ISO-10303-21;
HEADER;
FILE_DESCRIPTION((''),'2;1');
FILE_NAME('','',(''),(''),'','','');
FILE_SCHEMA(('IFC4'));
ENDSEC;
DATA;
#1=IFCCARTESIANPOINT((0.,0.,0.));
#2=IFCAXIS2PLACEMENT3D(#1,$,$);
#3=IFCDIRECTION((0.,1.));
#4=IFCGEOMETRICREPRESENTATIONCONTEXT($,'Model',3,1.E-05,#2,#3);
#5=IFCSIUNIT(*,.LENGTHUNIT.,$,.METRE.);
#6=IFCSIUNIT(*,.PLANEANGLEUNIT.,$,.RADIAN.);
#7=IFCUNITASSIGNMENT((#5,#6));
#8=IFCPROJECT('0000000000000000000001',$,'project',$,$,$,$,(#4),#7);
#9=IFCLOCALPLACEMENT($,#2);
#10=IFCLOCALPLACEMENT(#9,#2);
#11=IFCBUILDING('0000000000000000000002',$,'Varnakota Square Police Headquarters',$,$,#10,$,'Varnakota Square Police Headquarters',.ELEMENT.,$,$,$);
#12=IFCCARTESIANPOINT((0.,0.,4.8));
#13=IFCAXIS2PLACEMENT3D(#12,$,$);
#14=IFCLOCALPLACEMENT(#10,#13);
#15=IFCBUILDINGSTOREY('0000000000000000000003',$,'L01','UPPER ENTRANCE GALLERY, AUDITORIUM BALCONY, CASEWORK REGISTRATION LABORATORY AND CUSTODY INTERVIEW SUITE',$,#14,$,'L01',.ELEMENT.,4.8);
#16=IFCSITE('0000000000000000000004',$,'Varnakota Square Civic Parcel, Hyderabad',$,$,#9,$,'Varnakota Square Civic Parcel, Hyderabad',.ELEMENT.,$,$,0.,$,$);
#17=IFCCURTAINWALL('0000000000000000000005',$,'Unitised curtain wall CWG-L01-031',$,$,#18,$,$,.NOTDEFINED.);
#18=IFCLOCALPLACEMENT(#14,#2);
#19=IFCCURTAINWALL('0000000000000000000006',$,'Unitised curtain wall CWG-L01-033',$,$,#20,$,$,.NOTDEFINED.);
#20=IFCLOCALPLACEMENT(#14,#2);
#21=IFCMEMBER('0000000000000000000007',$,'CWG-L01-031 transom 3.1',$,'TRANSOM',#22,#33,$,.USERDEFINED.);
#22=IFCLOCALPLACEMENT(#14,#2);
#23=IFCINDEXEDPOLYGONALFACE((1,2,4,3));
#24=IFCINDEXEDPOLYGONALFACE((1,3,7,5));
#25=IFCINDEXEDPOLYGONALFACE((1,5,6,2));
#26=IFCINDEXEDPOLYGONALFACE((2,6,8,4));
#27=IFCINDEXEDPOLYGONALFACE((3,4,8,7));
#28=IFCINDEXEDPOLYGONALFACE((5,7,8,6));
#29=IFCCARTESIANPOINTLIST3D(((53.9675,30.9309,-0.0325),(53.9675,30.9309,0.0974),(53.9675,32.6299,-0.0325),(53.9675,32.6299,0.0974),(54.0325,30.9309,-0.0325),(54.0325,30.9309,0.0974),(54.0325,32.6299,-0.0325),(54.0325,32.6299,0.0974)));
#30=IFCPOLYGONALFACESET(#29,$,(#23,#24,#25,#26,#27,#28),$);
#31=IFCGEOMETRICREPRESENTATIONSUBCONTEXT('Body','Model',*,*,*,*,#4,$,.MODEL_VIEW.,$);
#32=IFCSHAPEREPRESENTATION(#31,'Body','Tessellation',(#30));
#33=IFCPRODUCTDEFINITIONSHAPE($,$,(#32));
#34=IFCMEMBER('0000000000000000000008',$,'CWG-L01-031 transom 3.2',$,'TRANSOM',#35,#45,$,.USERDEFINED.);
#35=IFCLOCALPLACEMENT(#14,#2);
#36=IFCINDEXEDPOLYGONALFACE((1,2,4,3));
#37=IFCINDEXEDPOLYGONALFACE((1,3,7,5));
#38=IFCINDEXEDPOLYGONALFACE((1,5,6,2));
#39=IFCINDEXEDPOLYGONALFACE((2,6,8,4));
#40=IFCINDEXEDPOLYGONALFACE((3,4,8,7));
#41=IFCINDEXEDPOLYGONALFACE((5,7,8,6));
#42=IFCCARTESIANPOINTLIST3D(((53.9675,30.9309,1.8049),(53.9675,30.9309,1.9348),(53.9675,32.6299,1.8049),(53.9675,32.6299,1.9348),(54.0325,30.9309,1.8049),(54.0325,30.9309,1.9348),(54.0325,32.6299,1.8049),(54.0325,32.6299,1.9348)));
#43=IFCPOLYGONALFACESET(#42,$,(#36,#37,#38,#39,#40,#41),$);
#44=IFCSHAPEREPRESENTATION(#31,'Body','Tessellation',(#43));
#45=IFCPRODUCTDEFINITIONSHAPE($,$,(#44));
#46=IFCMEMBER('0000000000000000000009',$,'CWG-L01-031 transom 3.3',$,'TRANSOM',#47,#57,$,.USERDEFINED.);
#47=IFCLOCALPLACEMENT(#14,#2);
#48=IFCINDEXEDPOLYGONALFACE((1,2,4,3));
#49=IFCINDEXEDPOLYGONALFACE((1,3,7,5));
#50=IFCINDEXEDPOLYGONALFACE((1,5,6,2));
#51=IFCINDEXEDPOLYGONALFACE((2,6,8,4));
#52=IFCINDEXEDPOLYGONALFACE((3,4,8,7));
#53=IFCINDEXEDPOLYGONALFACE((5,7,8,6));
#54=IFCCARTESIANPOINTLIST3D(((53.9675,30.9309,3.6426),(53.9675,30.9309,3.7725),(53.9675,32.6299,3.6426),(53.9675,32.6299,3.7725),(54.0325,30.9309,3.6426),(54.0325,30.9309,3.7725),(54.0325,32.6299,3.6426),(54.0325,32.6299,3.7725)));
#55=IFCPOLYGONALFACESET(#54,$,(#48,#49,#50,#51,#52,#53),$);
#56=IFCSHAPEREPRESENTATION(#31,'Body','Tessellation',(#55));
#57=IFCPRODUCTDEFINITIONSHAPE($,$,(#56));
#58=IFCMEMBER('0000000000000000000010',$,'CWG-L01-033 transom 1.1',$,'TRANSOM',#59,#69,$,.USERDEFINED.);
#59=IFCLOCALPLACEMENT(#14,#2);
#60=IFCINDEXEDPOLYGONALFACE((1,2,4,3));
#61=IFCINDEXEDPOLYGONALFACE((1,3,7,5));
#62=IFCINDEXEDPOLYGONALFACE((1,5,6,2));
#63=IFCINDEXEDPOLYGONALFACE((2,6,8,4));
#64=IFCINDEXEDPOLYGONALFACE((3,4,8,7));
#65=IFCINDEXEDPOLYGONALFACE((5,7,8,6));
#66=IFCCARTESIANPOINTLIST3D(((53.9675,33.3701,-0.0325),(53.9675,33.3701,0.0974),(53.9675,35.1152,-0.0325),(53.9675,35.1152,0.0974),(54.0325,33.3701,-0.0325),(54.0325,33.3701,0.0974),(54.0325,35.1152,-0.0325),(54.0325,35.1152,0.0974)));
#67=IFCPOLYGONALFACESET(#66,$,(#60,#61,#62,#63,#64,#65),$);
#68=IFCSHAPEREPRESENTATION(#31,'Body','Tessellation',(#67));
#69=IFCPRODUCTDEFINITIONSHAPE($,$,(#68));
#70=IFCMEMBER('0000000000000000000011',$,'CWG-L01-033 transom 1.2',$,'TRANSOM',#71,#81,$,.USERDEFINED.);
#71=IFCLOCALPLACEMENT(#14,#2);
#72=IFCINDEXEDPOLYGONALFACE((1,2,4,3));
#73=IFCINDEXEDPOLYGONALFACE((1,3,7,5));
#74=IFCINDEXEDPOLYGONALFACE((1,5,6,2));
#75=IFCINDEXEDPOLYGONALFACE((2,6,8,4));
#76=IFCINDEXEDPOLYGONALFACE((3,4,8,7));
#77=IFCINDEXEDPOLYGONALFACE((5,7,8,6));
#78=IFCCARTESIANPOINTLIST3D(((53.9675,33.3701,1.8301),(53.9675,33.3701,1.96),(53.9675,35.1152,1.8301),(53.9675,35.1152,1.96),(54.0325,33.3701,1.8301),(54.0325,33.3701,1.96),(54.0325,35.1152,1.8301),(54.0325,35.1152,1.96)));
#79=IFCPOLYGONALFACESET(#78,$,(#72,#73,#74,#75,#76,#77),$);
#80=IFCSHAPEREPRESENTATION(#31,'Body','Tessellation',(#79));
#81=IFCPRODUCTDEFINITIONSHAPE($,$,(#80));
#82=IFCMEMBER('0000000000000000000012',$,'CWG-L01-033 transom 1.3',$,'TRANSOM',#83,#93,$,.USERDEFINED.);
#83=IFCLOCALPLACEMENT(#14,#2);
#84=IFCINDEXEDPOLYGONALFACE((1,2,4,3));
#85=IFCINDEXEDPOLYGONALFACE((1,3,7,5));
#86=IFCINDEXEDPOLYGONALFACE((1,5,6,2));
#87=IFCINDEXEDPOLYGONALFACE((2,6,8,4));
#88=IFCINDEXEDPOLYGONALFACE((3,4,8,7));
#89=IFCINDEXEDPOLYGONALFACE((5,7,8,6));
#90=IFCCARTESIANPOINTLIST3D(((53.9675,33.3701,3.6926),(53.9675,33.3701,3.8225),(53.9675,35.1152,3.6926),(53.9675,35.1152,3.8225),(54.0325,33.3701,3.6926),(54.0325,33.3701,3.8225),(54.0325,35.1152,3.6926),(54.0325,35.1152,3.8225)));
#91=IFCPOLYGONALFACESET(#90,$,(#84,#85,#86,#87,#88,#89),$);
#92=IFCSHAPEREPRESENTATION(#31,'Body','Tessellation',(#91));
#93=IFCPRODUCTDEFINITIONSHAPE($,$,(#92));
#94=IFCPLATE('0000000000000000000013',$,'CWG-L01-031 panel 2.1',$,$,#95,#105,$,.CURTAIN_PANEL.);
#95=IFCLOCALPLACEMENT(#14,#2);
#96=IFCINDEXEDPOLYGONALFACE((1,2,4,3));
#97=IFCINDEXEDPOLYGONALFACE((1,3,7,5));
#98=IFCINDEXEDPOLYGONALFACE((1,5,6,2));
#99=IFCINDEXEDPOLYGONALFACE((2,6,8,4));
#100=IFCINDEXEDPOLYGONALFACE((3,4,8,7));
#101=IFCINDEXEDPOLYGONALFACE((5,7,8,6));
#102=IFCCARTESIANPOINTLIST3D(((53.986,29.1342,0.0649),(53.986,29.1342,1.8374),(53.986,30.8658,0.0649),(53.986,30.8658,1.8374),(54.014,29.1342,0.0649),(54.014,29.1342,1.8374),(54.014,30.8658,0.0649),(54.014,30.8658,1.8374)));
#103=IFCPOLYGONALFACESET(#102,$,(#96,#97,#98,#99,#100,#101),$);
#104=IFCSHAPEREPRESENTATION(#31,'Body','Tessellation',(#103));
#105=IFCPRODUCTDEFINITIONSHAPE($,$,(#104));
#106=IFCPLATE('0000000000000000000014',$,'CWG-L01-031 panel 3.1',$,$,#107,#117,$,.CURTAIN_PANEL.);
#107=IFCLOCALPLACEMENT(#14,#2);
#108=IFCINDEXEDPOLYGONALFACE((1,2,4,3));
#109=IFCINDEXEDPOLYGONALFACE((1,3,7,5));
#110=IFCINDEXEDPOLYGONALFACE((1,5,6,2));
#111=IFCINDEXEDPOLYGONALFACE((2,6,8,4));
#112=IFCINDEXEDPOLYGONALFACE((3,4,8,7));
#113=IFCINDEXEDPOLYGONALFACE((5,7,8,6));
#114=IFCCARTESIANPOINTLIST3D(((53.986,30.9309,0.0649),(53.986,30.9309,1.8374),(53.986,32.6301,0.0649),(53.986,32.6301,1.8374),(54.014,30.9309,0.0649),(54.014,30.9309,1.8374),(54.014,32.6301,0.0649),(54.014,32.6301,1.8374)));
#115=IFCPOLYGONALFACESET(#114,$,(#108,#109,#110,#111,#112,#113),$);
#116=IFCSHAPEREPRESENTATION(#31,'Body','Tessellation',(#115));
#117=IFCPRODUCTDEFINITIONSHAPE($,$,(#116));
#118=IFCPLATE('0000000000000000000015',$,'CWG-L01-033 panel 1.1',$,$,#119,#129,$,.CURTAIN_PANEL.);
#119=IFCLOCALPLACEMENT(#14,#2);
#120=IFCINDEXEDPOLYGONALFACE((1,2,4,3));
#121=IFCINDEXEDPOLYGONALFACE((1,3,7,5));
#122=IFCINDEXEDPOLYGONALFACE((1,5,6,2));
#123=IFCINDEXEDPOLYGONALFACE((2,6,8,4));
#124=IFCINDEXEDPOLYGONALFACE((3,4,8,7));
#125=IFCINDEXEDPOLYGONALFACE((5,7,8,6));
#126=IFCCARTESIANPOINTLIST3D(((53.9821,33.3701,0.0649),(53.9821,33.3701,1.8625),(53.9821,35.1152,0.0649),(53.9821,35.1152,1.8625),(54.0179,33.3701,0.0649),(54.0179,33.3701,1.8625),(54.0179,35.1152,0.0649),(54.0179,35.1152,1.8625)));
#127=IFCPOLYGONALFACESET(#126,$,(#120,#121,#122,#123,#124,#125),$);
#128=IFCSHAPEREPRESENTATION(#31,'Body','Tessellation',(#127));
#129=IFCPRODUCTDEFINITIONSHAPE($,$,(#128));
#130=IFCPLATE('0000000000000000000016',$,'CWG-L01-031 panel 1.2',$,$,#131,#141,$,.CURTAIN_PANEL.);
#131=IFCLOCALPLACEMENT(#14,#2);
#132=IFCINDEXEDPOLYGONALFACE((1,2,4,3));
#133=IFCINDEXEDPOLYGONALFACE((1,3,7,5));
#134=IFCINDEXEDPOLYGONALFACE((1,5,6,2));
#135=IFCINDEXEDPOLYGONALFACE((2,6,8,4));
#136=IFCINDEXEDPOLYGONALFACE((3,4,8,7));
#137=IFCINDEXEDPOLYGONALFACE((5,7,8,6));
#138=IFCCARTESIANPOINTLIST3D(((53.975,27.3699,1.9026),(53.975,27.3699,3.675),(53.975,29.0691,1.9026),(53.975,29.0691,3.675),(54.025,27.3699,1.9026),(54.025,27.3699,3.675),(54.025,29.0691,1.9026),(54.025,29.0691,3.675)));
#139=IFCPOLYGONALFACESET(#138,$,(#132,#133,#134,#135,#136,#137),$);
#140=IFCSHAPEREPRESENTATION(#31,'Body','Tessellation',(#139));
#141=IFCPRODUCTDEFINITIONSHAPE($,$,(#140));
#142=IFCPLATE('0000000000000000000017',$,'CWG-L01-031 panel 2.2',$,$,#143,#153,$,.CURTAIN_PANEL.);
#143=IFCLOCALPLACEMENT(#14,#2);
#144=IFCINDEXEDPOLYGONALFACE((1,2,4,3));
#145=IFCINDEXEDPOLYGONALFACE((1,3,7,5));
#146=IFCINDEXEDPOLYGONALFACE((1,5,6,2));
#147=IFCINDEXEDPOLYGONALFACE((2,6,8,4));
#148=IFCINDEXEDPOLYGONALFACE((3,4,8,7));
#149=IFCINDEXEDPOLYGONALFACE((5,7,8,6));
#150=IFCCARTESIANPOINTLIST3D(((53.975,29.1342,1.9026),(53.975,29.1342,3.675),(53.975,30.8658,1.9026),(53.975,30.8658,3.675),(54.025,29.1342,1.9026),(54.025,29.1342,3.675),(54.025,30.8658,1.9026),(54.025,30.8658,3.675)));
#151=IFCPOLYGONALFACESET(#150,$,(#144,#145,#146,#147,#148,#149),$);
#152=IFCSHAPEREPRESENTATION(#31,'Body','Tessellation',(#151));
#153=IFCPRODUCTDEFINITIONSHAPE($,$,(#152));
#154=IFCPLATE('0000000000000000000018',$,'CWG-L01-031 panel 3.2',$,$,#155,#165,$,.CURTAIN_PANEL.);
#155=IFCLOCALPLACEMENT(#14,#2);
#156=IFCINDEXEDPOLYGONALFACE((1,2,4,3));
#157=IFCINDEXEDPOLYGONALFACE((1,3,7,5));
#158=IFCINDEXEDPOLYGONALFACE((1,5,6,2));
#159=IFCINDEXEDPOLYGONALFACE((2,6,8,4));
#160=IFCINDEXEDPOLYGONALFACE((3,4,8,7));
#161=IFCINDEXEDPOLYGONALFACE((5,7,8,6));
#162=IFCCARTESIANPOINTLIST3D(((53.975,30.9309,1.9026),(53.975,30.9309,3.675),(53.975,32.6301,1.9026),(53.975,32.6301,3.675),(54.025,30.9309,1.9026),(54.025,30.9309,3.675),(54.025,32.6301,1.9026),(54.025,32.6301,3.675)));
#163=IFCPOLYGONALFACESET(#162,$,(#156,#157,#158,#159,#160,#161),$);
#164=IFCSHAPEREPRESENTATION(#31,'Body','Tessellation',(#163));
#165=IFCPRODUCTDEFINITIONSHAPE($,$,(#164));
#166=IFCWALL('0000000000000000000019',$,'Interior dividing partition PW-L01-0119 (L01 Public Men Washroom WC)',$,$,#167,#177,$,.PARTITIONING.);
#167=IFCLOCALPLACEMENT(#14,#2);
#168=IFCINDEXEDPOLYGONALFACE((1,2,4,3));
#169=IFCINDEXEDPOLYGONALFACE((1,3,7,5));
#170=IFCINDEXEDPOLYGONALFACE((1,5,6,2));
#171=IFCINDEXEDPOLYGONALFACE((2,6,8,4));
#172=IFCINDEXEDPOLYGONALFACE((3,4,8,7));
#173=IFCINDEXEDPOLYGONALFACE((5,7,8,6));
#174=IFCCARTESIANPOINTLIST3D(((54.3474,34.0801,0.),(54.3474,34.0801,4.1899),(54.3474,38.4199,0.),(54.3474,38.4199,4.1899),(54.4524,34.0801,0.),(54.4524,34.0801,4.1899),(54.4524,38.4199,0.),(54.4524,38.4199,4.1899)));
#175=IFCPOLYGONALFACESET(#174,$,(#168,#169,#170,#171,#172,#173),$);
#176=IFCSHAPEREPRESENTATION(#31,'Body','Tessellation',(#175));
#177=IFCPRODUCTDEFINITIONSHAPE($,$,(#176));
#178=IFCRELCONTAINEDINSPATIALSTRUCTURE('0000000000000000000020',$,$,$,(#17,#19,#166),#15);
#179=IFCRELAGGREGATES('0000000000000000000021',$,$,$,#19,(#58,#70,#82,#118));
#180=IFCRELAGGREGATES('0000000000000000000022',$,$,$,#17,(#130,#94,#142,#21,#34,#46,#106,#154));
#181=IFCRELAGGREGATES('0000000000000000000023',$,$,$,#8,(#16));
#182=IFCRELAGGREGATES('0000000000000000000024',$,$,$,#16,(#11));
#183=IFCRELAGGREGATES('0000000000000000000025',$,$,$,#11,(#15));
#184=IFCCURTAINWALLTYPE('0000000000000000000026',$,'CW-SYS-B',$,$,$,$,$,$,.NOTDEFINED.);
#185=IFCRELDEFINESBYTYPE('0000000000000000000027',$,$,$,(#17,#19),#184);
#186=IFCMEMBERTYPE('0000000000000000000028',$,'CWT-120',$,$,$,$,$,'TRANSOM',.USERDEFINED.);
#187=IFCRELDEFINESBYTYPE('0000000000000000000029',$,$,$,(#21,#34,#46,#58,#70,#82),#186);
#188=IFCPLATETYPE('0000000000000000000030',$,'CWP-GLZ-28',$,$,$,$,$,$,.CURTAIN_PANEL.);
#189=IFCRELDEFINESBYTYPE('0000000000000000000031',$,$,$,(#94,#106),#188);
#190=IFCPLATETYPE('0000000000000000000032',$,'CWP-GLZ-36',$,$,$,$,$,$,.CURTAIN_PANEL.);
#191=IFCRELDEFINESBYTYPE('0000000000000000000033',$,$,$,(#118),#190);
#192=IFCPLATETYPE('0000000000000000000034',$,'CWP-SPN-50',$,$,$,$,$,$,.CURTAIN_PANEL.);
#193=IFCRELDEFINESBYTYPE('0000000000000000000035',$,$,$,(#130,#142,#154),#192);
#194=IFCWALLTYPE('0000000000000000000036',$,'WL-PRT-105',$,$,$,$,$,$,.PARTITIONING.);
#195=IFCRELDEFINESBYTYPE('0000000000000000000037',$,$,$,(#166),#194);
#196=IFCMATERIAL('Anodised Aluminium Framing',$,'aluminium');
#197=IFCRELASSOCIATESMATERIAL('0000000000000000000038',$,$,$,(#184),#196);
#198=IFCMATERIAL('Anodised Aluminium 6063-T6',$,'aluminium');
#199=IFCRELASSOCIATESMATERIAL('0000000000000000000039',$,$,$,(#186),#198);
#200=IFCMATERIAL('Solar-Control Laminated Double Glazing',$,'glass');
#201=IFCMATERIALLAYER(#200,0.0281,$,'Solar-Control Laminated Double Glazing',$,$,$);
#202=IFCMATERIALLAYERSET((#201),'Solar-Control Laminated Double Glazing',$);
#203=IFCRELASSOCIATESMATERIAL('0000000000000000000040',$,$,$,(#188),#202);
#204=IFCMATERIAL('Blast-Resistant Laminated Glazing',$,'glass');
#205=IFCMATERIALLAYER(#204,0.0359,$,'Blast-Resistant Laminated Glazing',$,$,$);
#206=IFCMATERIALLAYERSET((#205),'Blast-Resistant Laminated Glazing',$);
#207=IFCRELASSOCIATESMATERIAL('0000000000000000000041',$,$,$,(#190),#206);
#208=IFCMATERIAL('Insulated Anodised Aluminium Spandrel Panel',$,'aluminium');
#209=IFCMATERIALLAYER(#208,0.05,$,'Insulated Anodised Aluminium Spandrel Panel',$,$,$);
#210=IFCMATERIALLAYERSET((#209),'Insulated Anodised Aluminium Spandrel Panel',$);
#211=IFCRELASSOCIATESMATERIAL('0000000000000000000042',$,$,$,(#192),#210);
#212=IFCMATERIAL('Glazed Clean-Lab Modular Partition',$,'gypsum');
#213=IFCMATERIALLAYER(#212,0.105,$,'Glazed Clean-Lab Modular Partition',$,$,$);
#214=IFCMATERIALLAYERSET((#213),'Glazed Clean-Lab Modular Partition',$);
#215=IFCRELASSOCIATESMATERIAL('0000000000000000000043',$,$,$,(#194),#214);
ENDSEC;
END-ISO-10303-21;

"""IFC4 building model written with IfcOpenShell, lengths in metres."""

from ifc_helpers import new_model, si_unit, direction, frame, frame_2d, origin, origin_2d, place, context, subcontext, project, spatial, rectangle, extrude, material, layer, layer_set, material_profile, profile_set, type_object, element, aggregate, save


model = new_model("IFC4")

# Units and contexts
model_context = context("Model", 3, precision=1e-05, world=origin(), true_north=direction((0.0, 1.0)))
body_context = subcontext(model_context, "Body", "Model", "MODEL_VIEW")
ifc_project = project(units=[si_unit("LENGTHUNIT", "METRE"), si_unit("PLANEANGLEUNIT", "RADIAN")], contexts=[model_context])

# Site, building, storey
site_placement = place(None, origin())
site = spatial("IfcSite", under=ifc_project, at=site_placement, Name="Varnakota Square Civic Parcel, Hyderabad", LongName="Varnakota Square Civic Parcel, Hyderabad", CompositionType="ELEMENT", RefElevation=0.0)
building_placement = place(site_placement, origin())
building = spatial("IfcBuilding", under=site, at=building_placement, Name="Varnakota Square Police Headquarters", LongName="Varnakota Square Police Headquarters", CompositionType="ELEMENT")
storey_placement = place(building_placement, frame((0.0, 0.0, 4.8)))
storey = spatial("IfcBuildingStorey", under=building, at=storey_placement, Name="L01", Description="UPPER ENTRANCE GALLERY, AUDITORIUM BALCONY, CASEWORK REGISTRATION LABORATORY AND CUSTODY INTERVIEW SUITE", LongName="L01", CompositionType="ELEMENT", Elevation=4.8)

# Curtain wall
ifc_material_1 = material(Name="Anodised Aluminium Framing", Category="aluminium")
curtain_wall_type = type_object("IfcCurtainWallType", Name="CW-SYS-B", PredefinedType="NOTDEFINED", material=ifc_material_1)
curtain_wall_1_placement = place(storey_placement, origin())
curtain_wall_1 = element("IfcCurtainWall", 1, at=curtain_wall_1_placement, inside=storey, type_object=curtain_wall_type, Name="Unitised curtain wall CWG-L01-031", PredefinedType="NOTDEFINED")
ifc_material_2 = material(Name="Anodised Aluminium 6063-T6", Category="aluminium")

# Curtain wall
curtain_wall_2_placement = place(storey_placement, origin())
curtain_wall_2 = element("IfcCurtainWall", 2, at=curtain_wall_2_placement, inside=storey, type_object=curtain_wall_type, Name="Unitised curtain wall CWG-L01-033", PredefinedType="NOTDEFINED")

# Members
ifc_material_profile_1 = material_profile(ifc_material_2, rectangle(XDim=0.0649, YDim=0.1299, at=origin_2d()), Name="ALU TRANSOM 65x130")
ifc_profile_set_1 = profile_set([ifc_material_profile_1], Name="Anodised Aluminium 6063-T6")
member_type_1 = type_object("IfcMemberType", Name="CWT-120", ElementType="TRANSOM", PredefinedType="USERDEFINED", material=ifc_profile_set_1)
member_1_placement = place(storey_placement, frame((54.0, 30.9309, 0.0325), z_axis=(0.0, 1.0, 0.0), x_axis=(-1.0, 0.0, 0.0)))
member_1 = element("IfcMember", 3, at=member_1_placement, type_object=member_type_1, Name="CWG-L01-031 transom 3.1", ObjectType="TRANSOM", PredefinedType="USERDEFINED", context=body_context, shape_type="SweptSolid", body=[
    extrude(rectangle(XDim=0.0649, YDim=0.1299, at=origin_2d()), origin(), (0.0, 0.0, 1.0), 1.699),
])
member_2_placement = place(storey_placement, frame((54.0, 30.9309, 1.8699), z_axis=(0.0, 1.0, 0.0), x_axis=(-1.0, 0.0, 0.0)))
member_2 = element("IfcMember", 4, at=member_2_placement, type_object=member_type_1, Name="CWG-L01-031 transom 3.2", ObjectType="TRANSOM", PredefinedType="USERDEFINED", context=body_context, shape_type="SweptSolid", body=[
    extrude(rectangle(XDim=0.0649, YDim=0.1299, at=origin_2d()), origin(), (0.0, 0.0, 1.0), 1.699),
])
member_3_placement = place(storey_placement, frame((54.0, 30.9309, 3.7075), z_axis=(0.0, 1.0, 0.0), x_axis=(-1.0, 0.0, 0.0)))
member_3 = element("IfcMember", 5, at=member_3_placement, type_object=member_type_1, Name="CWG-L01-031 transom 3.3", ObjectType="TRANSOM", PredefinedType="USERDEFINED", context=body_context, shape_type="SweptSolid", body=[
    extrude(rectangle(XDim=0.0649, YDim=0.1299, at=origin_2d()), origin(), (0.0, 0.0, 1.0), 1.699),
])
member_4_placement = place(storey_placement, frame((54.0, 33.3701, 0.0325), z_axis=(0.0, 1.0, 0.0), x_axis=(-1.0, 0.0, 0.0)))
member_4 = element("IfcMember", 6, at=member_4_placement, type_object=member_type_1, Name="CWG-L01-033 transom 1.1", ObjectType="TRANSOM", PredefinedType="USERDEFINED", context=body_context, shape_type="SweptSolid", body=[
    extrude(rectangle(XDim=0.0649, YDim=0.1299, at=origin_2d()), origin(), (0.0, 0.0, 1.0), 1.7451),
])
member_5_placement = place(storey_placement, frame((54.0, 33.3701, 1.895), z_axis=(0.0, 1.0, 0.0), x_axis=(-1.0, 0.0, 0.0)))
member_5 = element("IfcMember", 7, at=member_5_placement, type_object=member_type_1, Name="CWG-L01-033 transom 1.2", ObjectType="TRANSOM", PredefinedType="USERDEFINED", context=body_context, shape_type="SweptSolid", body=[
    extrude(rectangle(XDim=0.0649, YDim=0.1299, at=origin_2d()), origin(), (0.0, 0.0, 1.0), 1.7451),
])
member_6_placement = place(storey_placement, frame((54.0, 33.3701, 3.7576), z_axis=(0.0, 1.0, 0.0), x_axis=(-1.0, 0.0, 0.0)))
member_6 = element("IfcMember", 8, at=member_6_placement, type_object=member_type_1, Name="CWG-L01-033 transom 1.3", ObjectType="TRANSOM", PredefinedType="USERDEFINED", context=body_context, shape_type="SweptSolid", body=[
    extrude(rectangle(XDim=0.0649, YDim=0.1299, at=origin_2d()), origin(), (0.0, 0.0, 1.0), 1.7451),
])

# Plates
ifc_material_3 = material(Name="Solar-Control Laminated Double Glazing", Category="glass")
ifc_layer_1 = layer(ifc_material_3, 0.0281, Name="Solar-Control Laminated Double Glazing")
ifc_layer_set_1 = layer_set([ifc_layer_1], Name="Solar-Control Laminated Double Glazing")
plate_type_1 = type_object("IfcPlateType", Name="CWP-GLZ-28", PredefinedType="CURTAIN_PANEL", material=ifc_layer_set_1)
plate_1_placement = place(storey_placement, frame((54.0, 30.0, 0.0649), z_axis=(0.0, 0.0, 1.0), x_axis=(0.0, 1.0, 0.0)))
plate_1 = element("IfcPlate", 9, at=plate_1_placement, type_object=plate_type_1, Name="CWG-L01-031 panel 2.1", PredefinedType="CURTAIN_PANEL", context=body_context, shape_type="SweptSolid", body=[
    extrude(rectangle(XDim=1.7317, YDim=0.0281, at=origin_2d()), origin(), (0.0, 0.0, 1.0), 1.7725),
])
plate_2_placement = place(storey_placement, frame((54.0, 31.7805, 0.0649), z_axis=(0.0, 0.0, 1.0), x_axis=(0.0, 1.0, 0.0)))
plate_2 = element("IfcPlate", 10, at=plate_2_placement, type_object=plate_type_1, Name="CWG-L01-031 panel 3.1", PredefinedType="CURTAIN_PANEL", context=body_context, shape_type="SweptSolid", body=[
    extrude(rectangle(XDim=1.6992, YDim=0.0281, at=origin_2d()), origin(), (0.0, 0.0, 1.0), 1.7725),
])
ifc_material_4 = material(Name="Blast-Resistant Laminated Glazing", Category="glass")
ifc_layer_2 = layer(ifc_material_4, 0.0359, Name="Blast-Resistant Laminated Glazing")
ifc_layer_set_2 = layer_set([ifc_layer_2], Name="Blast-Resistant Laminated Glazing")
plate_type_2 = type_object("IfcPlateType", Name="CWP-GLZ-36", PredefinedType="CURTAIN_PANEL", material=ifc_layer_set_2)
plate_3_placement = place(storey_placement, frame((54.0, 34.2427, 0.0649), z_axis=(0.0, 0.0, 1.0), x_axis=(0.0, 1.0, 0.0)))
plate_3 = element("IfcPlate", 11, at=plate_3_placement, type_object=plate_type_2, Name="CWG-L01-033 panel 1.1", PredefinedType="CURTAIN_PANEL", context=body_context, shape_type="SweptSolid", body=[
    extrude(rectangle(XDim=1.7451, YDim=0.0359, at=origin_2d()), origin(), (0.0, 0.0, 1.0), 1.7976),
])
aggregate(curtain_wall_2, [member_4, member_5, member_6, plate_3])
ifc_material_5 = material(Name="Insulated Anodised Aluminium Spandrel Panel", Category="aluminium")
ifc_layer_3 = layer(ifc_material_5, 0.05, Name="Insulated Anodised Aluminium Spandrel Panel")
ifc_layer_set_3 = layer_set([ifc_layer_3], Name="Insulated Anodised Aluminium Spandrel Panel")
plate_type_3 = type_object("IfcPlateType", Name="CWP-SPN-50", PredefinedType="CURTAIN_PANEL", material=ifc_layer_set_3)
plate_4_placement = place(storey_placement, frame((54.0, 28.2195, 1.9026), z_axis=(0.0, 0.0, 1.0), x_axis=(0.0, 1.0, 0.0)))
plate_4 = element("IfcPlate", 12, at=plate_4_placement, type_object=plate_type_3, Name="CWG-L01-031 panel 1.2", PredefinedType="CURTAIN_PANEL", context=body_context, shape_type="SweptSolid", body=[
    extrude(rectangle(XDim=1.6992, YDim=0.05, at=origin_2d()), origin(), (0.0, 0.0, 1.0), 1.7725),
])
plate_5_placement = place(storey_placement, frame((54.0, 30.0, 1.9026), z_axis=(0.0, 0.0, 1.0), x_axis=(0.0, 1.0, 0.0)))
plate_5 = element("IfcPlate", 13, at=plate_5_placement, type_object=plate_type_3, Name="CWG-L01-031 panel 2.2", PredefinedType="CURTAIN_PANEL", context=body_context, shape_type="SweptSolid", body=[
    extrude(rectangle(XDim=1.7317, YDim=0.05, at=origin_2d()), origin(), (0.0, 0.0, 1.0), 1.7725),
])
plate_6_placement = place(storey_placement, frame((54.0, 31.7805, 1.9026), z_axis=(0.0, 0.0, 1.0), x_axis=(0.0, 1.0, 0.0)))
plate_6 = element("IfcPlate", 14, at=plate_6_placement, type_object=plate_type_3, Name="CWG-L01-031 panel 3.2", PredefinedType="CURTAIN_PANEL", context=body_context, shape_type="SweptSolid", body=[
    extrude(rectangle(XDim=1.6992, YDim=0.05, at=origin_2d()), origin(), (0.0, 0.0, 1.0), 1.7725),
])
aggregate(curtain_wall_1, [plate_4, plate_1, plate_5, member_1, member_2, member_3, plate_2, plate_6])

# Wall
ifc_material_6 = material(Name="Glazed Clean-Lab Modular Partition", Category="gypsum")
ifc_layer_4 = layer(ifc_material_6, 0.105, Name="Glazed Clean-Lab Modular Partition")
ifc_layer_set_4 = layer_set([ifc_layer_4], Name="Glazed Clean-Lab Modular Partition")
wall_type = type_object("IfcWallType", Name="WL-PRT-105", PredefinedType="PARTITIONING", material=ifc_layer_set_4)
wall_placement = place(storey_placement, frame((54.3999, 34.0801, 0.0), z_axis=(0.0, 0.0, 1.0), x_axis=(0.0, 1.0, 0.0)))
element("IfcWall", 15, at=wall_placement, inside=storey, type_object=wall_type, Name="Interior dividing partition PW-L01-0119 (L01 Public Men Washroom WC)", PredefinedType="PARTITIONING", context=body_context, shape_type="SweptSolid", body=[
    extrude(rectangle(XDim=4.3398, YDim=0.105, at=frame_2d((2.1699, 0.0))), origin(), (0.0, 0.0, 1.0), 4.1899),
])

save(model, "model.ifc")
